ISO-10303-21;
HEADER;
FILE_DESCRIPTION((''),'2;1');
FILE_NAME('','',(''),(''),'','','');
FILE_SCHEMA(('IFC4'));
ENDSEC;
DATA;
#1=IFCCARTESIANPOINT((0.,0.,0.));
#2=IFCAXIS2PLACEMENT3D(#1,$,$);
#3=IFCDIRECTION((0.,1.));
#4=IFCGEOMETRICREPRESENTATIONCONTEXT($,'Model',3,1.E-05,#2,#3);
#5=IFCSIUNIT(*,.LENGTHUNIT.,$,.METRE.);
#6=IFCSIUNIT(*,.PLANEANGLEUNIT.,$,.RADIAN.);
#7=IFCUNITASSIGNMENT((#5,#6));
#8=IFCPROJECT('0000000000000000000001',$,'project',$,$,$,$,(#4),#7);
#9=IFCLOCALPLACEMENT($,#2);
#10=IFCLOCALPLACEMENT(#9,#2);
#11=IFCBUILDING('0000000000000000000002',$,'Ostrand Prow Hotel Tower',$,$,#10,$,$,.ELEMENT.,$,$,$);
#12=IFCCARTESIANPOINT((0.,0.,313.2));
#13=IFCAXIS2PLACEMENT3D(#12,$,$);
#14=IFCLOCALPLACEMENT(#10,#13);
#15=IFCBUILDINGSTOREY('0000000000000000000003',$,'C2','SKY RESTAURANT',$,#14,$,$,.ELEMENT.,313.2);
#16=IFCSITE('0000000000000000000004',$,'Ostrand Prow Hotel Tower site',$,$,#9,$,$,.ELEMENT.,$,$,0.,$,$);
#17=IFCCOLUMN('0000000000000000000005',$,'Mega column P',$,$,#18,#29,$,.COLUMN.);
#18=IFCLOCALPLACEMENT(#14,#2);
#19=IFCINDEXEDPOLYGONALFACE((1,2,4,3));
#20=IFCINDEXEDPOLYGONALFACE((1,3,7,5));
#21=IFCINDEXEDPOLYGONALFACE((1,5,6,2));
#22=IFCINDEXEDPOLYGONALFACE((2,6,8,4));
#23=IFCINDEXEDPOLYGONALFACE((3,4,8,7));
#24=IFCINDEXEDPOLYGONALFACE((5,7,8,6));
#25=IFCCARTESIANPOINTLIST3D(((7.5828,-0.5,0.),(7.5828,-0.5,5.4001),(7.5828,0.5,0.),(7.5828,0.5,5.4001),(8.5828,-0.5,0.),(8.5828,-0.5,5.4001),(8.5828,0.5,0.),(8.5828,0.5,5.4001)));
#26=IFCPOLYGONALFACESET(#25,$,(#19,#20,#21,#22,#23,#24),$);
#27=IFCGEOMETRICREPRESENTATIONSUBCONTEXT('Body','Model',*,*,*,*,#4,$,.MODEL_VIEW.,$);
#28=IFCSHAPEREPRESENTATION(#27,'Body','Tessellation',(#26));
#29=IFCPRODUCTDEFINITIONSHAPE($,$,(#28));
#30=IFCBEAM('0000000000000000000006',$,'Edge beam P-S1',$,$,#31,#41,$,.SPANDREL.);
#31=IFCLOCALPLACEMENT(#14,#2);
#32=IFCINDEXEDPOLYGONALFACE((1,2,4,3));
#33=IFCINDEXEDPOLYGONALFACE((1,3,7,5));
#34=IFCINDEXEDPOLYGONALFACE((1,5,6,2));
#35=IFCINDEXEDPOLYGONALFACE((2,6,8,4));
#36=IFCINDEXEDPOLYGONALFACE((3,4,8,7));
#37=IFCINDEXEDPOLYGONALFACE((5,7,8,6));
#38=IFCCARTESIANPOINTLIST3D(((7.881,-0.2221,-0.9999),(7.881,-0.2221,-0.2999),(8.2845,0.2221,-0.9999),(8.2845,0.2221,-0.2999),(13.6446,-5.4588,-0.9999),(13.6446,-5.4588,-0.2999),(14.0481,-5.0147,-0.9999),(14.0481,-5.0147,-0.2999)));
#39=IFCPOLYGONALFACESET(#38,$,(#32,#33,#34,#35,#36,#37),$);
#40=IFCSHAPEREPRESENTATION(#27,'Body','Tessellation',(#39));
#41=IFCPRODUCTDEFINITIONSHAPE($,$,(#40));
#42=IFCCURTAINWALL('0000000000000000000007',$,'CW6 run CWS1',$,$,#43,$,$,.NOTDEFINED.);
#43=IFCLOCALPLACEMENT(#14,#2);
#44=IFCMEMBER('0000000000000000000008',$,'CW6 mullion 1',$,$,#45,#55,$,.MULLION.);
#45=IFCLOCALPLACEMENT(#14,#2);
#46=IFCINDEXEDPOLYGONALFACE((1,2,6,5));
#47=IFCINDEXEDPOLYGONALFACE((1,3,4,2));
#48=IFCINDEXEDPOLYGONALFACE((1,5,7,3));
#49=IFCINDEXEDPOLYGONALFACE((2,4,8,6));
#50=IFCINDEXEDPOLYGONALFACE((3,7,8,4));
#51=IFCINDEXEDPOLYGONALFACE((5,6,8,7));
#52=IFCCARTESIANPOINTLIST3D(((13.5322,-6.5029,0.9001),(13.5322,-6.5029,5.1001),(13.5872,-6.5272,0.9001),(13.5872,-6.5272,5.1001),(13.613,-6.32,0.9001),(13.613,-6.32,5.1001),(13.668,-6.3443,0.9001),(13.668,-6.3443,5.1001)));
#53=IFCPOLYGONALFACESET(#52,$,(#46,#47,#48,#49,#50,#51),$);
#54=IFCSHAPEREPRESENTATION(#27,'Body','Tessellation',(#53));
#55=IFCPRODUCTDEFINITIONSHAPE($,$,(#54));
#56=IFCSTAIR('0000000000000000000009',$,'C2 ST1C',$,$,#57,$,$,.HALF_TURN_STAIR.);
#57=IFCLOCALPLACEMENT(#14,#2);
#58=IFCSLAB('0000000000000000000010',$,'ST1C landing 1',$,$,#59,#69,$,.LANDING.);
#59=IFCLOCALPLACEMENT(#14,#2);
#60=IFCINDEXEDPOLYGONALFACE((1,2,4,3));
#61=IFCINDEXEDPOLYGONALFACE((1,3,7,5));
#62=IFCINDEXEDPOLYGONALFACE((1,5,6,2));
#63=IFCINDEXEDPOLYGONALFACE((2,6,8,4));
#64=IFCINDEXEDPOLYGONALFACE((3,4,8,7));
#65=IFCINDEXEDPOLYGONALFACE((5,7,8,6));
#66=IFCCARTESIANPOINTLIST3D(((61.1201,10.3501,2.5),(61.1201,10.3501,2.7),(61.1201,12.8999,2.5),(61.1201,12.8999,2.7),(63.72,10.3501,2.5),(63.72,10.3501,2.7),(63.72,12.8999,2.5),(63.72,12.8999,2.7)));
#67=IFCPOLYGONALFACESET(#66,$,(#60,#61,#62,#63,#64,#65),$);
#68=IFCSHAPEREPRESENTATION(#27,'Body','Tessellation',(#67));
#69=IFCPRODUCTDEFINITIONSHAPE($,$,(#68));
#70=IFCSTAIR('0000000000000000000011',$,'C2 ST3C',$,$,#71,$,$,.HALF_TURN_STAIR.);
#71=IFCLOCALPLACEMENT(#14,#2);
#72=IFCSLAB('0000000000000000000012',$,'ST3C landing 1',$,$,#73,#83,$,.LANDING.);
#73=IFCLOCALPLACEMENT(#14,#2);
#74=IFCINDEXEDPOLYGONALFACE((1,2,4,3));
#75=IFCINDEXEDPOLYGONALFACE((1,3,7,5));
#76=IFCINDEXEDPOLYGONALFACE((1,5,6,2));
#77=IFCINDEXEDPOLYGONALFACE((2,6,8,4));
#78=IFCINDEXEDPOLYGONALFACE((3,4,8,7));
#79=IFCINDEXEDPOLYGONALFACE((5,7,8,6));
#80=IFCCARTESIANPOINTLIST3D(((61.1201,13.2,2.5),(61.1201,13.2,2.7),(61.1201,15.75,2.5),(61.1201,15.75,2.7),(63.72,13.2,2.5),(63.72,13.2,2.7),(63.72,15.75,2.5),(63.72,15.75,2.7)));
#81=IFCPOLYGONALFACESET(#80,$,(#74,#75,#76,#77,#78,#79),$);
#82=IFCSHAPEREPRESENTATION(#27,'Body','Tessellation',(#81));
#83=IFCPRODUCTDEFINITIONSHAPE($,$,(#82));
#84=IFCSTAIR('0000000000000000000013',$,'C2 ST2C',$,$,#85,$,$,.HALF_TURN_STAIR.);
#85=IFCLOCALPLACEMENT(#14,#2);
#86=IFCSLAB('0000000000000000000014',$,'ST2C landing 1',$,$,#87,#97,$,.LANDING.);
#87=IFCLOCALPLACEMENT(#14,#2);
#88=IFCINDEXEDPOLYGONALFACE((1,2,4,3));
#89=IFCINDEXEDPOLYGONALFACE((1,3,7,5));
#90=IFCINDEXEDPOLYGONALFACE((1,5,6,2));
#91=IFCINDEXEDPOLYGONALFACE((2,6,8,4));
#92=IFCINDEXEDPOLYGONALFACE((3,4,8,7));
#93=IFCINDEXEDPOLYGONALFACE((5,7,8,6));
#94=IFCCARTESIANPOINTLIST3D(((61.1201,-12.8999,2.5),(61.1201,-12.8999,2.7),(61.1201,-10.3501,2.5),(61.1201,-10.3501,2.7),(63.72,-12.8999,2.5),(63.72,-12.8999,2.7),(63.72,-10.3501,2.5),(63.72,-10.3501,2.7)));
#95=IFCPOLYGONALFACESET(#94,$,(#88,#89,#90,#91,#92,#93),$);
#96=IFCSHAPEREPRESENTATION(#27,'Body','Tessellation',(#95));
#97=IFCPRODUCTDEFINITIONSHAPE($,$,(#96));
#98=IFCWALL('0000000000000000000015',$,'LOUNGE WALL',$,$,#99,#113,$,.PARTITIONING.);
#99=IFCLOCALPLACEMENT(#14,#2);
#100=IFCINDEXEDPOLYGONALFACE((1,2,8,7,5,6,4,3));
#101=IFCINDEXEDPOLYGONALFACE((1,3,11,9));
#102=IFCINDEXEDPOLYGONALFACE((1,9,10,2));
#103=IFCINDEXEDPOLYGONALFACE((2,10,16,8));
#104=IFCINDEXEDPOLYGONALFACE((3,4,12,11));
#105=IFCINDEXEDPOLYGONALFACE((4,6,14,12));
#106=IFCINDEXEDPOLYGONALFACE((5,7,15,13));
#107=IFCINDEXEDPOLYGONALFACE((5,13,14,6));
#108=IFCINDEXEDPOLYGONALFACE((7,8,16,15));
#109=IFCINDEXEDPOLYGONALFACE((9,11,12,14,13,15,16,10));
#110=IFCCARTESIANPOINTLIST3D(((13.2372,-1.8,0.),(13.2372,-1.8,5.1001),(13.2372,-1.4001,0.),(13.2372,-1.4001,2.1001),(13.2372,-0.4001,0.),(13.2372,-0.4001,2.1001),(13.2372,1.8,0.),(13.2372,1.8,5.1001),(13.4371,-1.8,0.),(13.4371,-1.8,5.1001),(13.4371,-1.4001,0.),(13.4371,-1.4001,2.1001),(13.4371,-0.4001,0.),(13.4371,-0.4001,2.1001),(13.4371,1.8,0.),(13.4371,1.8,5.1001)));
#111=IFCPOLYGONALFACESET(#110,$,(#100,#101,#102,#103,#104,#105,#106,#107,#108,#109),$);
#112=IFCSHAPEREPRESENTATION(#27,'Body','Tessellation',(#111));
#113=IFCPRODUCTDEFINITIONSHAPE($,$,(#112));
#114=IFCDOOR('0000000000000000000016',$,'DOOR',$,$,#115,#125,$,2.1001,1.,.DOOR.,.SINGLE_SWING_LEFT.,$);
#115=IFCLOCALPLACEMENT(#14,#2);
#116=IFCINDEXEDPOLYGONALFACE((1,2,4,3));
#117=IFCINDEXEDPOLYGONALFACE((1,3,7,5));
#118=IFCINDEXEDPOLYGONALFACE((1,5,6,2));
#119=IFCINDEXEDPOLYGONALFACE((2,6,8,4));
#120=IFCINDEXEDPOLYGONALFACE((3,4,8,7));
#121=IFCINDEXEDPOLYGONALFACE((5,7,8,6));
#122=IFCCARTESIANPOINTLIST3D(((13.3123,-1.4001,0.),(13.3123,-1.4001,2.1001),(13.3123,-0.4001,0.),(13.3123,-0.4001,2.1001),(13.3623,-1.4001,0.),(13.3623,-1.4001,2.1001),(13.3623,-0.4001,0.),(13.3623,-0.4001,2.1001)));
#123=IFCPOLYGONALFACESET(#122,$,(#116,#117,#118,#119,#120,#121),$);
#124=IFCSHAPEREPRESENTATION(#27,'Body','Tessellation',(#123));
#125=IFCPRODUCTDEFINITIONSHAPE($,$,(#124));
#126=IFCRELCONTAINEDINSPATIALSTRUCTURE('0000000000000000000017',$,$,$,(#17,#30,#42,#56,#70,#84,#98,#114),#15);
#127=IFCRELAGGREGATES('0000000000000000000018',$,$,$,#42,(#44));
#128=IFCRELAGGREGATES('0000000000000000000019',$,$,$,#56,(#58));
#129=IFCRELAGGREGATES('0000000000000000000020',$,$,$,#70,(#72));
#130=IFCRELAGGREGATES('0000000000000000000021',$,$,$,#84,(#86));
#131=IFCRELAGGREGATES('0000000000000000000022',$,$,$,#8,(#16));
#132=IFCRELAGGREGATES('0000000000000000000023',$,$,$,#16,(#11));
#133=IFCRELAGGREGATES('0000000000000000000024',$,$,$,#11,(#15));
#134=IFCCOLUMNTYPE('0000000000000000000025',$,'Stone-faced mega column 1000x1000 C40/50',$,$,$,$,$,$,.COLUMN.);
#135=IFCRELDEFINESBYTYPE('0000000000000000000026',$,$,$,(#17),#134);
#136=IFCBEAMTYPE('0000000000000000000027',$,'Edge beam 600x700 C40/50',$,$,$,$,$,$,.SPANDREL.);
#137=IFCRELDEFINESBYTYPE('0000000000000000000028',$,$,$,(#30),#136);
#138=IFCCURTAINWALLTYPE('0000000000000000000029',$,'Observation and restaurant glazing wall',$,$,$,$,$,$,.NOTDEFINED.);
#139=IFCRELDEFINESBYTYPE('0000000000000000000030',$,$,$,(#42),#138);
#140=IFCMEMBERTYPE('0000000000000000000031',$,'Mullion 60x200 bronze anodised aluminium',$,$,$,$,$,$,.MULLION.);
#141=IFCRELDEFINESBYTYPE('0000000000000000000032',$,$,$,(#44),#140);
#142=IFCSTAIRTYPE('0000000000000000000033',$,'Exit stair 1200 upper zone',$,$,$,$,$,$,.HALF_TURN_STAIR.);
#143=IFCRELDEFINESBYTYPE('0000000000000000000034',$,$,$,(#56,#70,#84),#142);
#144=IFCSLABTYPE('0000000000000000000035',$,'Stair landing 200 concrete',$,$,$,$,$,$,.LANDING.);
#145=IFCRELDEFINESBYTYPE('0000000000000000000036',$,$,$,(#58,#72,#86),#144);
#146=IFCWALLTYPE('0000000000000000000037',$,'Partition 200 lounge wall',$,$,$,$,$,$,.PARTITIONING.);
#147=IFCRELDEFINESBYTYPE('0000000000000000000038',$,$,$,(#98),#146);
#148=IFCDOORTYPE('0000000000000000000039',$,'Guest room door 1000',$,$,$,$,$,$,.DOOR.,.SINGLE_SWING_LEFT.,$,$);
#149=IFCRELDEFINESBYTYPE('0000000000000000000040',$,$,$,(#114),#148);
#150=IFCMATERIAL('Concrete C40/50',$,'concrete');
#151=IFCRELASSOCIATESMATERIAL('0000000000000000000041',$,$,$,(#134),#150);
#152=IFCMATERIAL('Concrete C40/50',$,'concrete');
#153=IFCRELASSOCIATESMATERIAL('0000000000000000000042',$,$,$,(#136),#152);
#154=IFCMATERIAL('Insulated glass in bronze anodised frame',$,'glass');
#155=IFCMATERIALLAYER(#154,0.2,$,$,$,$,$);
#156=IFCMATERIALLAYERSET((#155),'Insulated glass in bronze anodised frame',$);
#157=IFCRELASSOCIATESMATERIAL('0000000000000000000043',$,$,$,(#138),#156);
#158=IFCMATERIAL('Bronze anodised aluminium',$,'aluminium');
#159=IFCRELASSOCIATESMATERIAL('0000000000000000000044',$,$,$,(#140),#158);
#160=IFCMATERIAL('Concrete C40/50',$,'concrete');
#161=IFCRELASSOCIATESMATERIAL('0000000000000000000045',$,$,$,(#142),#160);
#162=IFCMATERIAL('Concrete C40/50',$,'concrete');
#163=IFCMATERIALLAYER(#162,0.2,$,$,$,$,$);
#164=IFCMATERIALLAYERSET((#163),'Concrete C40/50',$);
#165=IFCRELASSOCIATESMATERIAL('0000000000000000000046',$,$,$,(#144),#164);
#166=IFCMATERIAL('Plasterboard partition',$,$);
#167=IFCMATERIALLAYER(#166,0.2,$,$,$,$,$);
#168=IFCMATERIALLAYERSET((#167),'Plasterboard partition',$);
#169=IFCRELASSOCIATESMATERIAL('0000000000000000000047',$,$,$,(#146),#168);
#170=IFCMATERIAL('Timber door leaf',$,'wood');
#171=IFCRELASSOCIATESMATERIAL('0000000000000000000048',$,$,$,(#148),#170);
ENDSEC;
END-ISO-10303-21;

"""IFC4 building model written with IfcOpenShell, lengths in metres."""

from ifc_helpers import new_model, si_unit, direction, frame, frame_2d, origin, origin_2d, place, context, subcontext, project, spatial, polyline, rectangle, outline, extrude, material, layer, layer_set, material_profile, profile_set, type_object, element, fill, aggregate, save


model = new_model("IFC4")

# Units and contexts
model_context = context("Model", 3, precision=1e-05, world=origin(), true_north=direction((0.0, 1.0)))
body_context = subcontext(model_context, "Body", "Model", "MODEL_VIEW")
ifc_project = project(units=[si_unit("LENGTHUNIT", "METRE"), si_unit("PLANEANGLEUNIT", "RADIAN")], contexts=[model_context])

# Site, building, storey
site_placement = place(None, origin())
site = spatial("IfcSite", under=ifc_project, at=site_placement, Name="Ostrand Prow Hotel Tower site", CompositionType="ELEMENT", RefElevation=0.0)
building_placement = place(site_placement, origin())
building = spatial("IfcBuilding", under=site, at=building_placement, Name="Ostrand Prow Hotel Tower", CompositionType="ELEMENT")
storey_placement = place(building_placement, frame((0.0, 0.0, 313.2)))
storey = spatial("IfcBuildingStorey", under=building, at=storey_placement, Name="C2", Description="SKY RESTAURANT", CompositionType="ELEMENT", Elevation=313.2)

# Column
ifc_material_1 = material(Name="Concrete C40/50", Category="concrete")
ifc_material_profile_1 = material_profile(ifc_material_1, rectangle(XDim=1.0, YDim=1.0, at=origin_2d()), Name="RC 1000x1000")
ifc_profile_set_1 = profile_set([ifc_material_profile_1], Name="Concrete C40/50")
column_type = type_object("IfcColumnType", Name="Stone-faced mega column 1000x1000 C40/50", PredefinedType="COLUMN", material=ifc_profile_set_1)
column_placement = place(storey_placement, frame((8.0828, 0.0, 0.0), z_axis=(0.0, 0.0, 1.0), x_axis=(1.0, 0.0, 0.0)))
element("IfcColumn", 1, at=column_placement, inside=storey, type_object=column_type, Name="Mega column P", PredefinedType="COLUMN", context=body_context, shape_type="SweptSolid", body=[
    extrude(rectangle(XDim=1.0, YDim=1.0, at=origin_2d()), origin(), (0.0, 0.0, 1.0), 5.4001),
])

# Beam
ifc_material_2 = material(Name="Concrete C40/50", Category="concrete")
ifc_material_profile_2 = material_profile(ifc_material_2, rectangle(XDim=0.6001, YDim=0.7, at=origin_2d()), Name="RC 600x700")
ifc_profile_set_2 = profile_set([ifc_material_profile_2], Name="Concrete C40/50")
beam_type = type_object("IfcBeamType", Name="Edge beam 600x700 C40/50", PredefinedType="SPANDREL", material=ifc_profile_set_2)
beam_placement = place(storey_placement, frame((8.0828, 0.0, -0.6499), z_axis=(0.740124, -0.67247, 0.0), x_axis=(0.67247, 0.740124, 0.0)))
element("IfcBeam", 2, at=beam_placement, inside=storey, type_object=beam_type, Name="Edge beam P-S1", PredefinedType="SPANDREL", context=body_context, shape_type="SweptSolid", body=[
    extrude(rectangle(XDim=0.6001, YDim=0.7, at=origin_2d()), origin(), (0.0, 0.0, 1.0), 7.7874),
])

# Curtain wall, member
ifc_material_3 = material(Name="Insulated glass in bronze anodised frame", Category="glass")
ifc_layer_1 = layer(ifc_material_3, 0.2)
ifc_layer_set_1 = layer_set([ifc_layer_1], Name="Insulated glass in bronze anodised frame")
curtain_wall_type = type_object("IfcCurtainWallType", Name="Observation and restaurant glazing wall", PredefinedType="NOTDEFINED", material=ifc_layer_set_1)
curtain_wall_placement = place(storey_placement, origin())
curtain_wall = element("IfcCurtainWall", 3, at=curtain_wall_placement, inside=storey, type_object=curtain_wall_type, Name="CW6 run CWS1", PredefinedType="NOTDEFINED")
ifc_material_4 = material(Name="Bronze anodised aluminium", Category="aluminium")
ifc_material_profile_3 = material_profile(ifc_material_4, rectangle(XDim=0.2, YDim=0.0601, at=origin_2d()), Name="Mullion 60x200 bronze anodised aluminium")
ifc_profile_set_3 = profile_set([ifc_material_profile_3], Name="Bronze anodised aluminium")
member_type = type_object("IfcMemberType", Name="Mullion 60x200 bronze anodised aluminium", PredefinedType="MULLION", material=ifc_profile_set_3)
member_placement = place(storey_placement, frame((13.6001, -6.4236, 0.9001), z_axis=(0.0, 0.0, 1.0), x_axis=(0.40394, 0.914786, 0.0)))
member = element("IfcMember", 4, at=member_placement, type_object=member_type, Name="CW6 mullion 1", PredefinedType="MULLION", context=body_context, shape_type="SweptSolid", body=[
    extrude(rectangle(XDim=0.2, YDim=0.0601, at=origin_2d()), origin(), (0.0, 0.0, 1.0), 4.2),
])
aggregate(curtain_wall, [member])

# Stairs, slabs
ifc_material_5 = material(Name="Concrete C40/50", Category="concrete")
stair_type = type_object("IfcStairType", Name="Exit stair 1200 upper zone", PredefinedType="HALF_TURN_STAIR", material=ifc_material_5)
stair_1_placement = place(storey_placement, origin())
stair_1 = element("IfcStair", 5, at=stair_1_placement, inside=storey, type_object=stair_type, Name="C2 ST1C", PredefinedType="HALF_TURN_STAIR")
ifc_material_6 = material(Name="Concrete C40/50", Category="concrete")
ifc_layer_2 = layer(ifc_material_6, 0.2)
ifc_layer_set_2 = layer_set([ifc_layer_2], Name="Concrete C40/50")
slab_type = type_object("IfcSlabType", Name="Stair landing 200 concrete", PredefinedType="LANDING", material=ifc_layer_set_2)
slab_1_placement = place(storey_placement, frame((0.0, 0.0, 2.5)))
slab_1 = element("IfcSlab", 6, at=slab_1_placement, type_object=slab_type, Name="ST1C landing 1", PredefinedType="LANDING", context=body_context, shape_type="SweptSolid", body=[
    extrude(outline(polyline([(61.1201, 10.3501), (63.72, 10.3501), (63.72, 12.8999), (61.1201, 12.8999), (61.1201, 10.3501)])), origin(), (0.0, 0.0, 1.0), 0.2),
])
aggregate(stair_1, [slab_1])
stair_2_placement = place(storey_placement, origin())
stair_2 = element("IfcStair", 7, at=stair_2_placement, inside=storey, type_object=stair_type, Name="C2 ST3C", PredefinedType="HALF_TURN_STAIR")
slab_2_placement = place(storey_placement, frame((0.0, 0.0, 2.5)))
slab_2 = element("IfcSlab", 8, at=slab_2_placement, type_object=slab_type, Name="ST3C landing 1", PredefinedType="LANDING", context=body_context, shape_type="SweptSolid", body=[
    extrude(outline(polyline([(61.1201, 13.2), (63.72, 13.2), (63.72, 15.75), (61.1201, 15.75), (61.1201, 13.2)])), origin(), (0.0, 0.0, 1.0), 0.2),
])
aggregate(stair_2, [slab_2])
stair_3_placement = place(storey_placement, origin())
stair_3 = element("IfcStair", 9, at=stair_3_placement, inside=storey, type_object=stair_type, Name="C2 ST2C", PredefinedType="HALF_TURN_STAIR")
slab_3_placement = place(storey_placement, frame((0.0, 0.0, 2.5)))
slab_3 = element("IfcSlab", 10, at=slab_3_placement, type_object=slab_type, Name="ST2C landing 1", PredefinedType="LANDING", context=body_context, shape_type="SweptSolid", body=[
    extrude(outline(polyline([(61.1201, -12.8999), (63.72, -12.8999), (63.72, -10.3501), (61.1201, -10.3501), (61.1201, -12.8999)])), origin(), (0.0, 0.0, 1.0), 0.2),
])
aggregate(stair_3, [slab_3])

# Wall, opening, door
ifc_material_7 = material(Name="Plasterboard partition")
ifc_layer_3 = layer(ifc_material_7, 0.2)
ifc_layer_set_3 = layer_set([ifc_layer_3], Name="Plasterboard partition")
wall_type_1 = type_object("IfcWallType", Name="Partition 200 lounge wall", PredefinedType="PARTITIONING", material=ifc_layer_set_3)
wall_1_placement = place(storey_placement, frame((13.3372, -1.8, 0.0), z_axis=(0.0, 0.0, 1.0), x_axis=(0.0, 1.0, 0.0)))
wall_1 = element("IfcWall", 11, at=wall_1_placement, inside=storey, type_object=wall_type_1, Name="LOUNGE WALL", PredefinedType="PARTITIONING", context=body_context, shape_type="SweptSolid", body=[
    extrude(rectangle(XDim=3.6001, YDim=0.2, at=frame_2d((1.8, 0.0))), origin(), (0.0, 0.0, 1.0), 5.1001),
])
opening_1_placement = place(wall_1_placement, frame((0.3999, 0.0, 0.0)))
opening_1 = element("IfcOpeningElement", 12, at=opening_1_placement, cuts=wall_1, PredefinedType="OPENING", context=body_context, shape_type="SweptSolid", body=[
    extrude(rectangle(XDim=1.0, YDim=2.1001, at=frame_2d((0.5, 1.05))), frame((0.0, 0.1099, 0.0), z_axis=(0.0, -1.0, 0.0), x_axis=(1.0, 0.0, 0.0)), (0.0, 0.0, 1.0), 0.22),
])
ifc_material_8 = material(Name="Timber door leaf", Category="wood")
door_type = type_object("IfcDoorType", Name="Guest room door 1000", OperationType="SINGLE_SWING_LEFT", PredefinedType="DOOR", material=ifc_material_8)
door_placement = place(opening_1_placement, origin())
door = element("IfcDoor", 13, at=door_placement, inside=storey, type_object=door_type, Name="DOOR", OperationType="SINGLE_SWING_LEFT", OverallHeight=2.1001, OverallWidth=1.0, PredefinedType="DOOR", context=body_context, shape_type="SweptSolid", body=[
    extrude(rectangle(XDim=1.0, YDim=2.1001, at=frame_2d((0.5, 1.05))), frame((0.0, 0.0249, 0.0), z_axis=(0.0, -1.0, 0.0), x_axis=(1.0, 0.0, 0.0)), (0.0, 0.0, 1.0), 0.05),
])
fill(opening_1, door)

save(model, "model.ifc")
